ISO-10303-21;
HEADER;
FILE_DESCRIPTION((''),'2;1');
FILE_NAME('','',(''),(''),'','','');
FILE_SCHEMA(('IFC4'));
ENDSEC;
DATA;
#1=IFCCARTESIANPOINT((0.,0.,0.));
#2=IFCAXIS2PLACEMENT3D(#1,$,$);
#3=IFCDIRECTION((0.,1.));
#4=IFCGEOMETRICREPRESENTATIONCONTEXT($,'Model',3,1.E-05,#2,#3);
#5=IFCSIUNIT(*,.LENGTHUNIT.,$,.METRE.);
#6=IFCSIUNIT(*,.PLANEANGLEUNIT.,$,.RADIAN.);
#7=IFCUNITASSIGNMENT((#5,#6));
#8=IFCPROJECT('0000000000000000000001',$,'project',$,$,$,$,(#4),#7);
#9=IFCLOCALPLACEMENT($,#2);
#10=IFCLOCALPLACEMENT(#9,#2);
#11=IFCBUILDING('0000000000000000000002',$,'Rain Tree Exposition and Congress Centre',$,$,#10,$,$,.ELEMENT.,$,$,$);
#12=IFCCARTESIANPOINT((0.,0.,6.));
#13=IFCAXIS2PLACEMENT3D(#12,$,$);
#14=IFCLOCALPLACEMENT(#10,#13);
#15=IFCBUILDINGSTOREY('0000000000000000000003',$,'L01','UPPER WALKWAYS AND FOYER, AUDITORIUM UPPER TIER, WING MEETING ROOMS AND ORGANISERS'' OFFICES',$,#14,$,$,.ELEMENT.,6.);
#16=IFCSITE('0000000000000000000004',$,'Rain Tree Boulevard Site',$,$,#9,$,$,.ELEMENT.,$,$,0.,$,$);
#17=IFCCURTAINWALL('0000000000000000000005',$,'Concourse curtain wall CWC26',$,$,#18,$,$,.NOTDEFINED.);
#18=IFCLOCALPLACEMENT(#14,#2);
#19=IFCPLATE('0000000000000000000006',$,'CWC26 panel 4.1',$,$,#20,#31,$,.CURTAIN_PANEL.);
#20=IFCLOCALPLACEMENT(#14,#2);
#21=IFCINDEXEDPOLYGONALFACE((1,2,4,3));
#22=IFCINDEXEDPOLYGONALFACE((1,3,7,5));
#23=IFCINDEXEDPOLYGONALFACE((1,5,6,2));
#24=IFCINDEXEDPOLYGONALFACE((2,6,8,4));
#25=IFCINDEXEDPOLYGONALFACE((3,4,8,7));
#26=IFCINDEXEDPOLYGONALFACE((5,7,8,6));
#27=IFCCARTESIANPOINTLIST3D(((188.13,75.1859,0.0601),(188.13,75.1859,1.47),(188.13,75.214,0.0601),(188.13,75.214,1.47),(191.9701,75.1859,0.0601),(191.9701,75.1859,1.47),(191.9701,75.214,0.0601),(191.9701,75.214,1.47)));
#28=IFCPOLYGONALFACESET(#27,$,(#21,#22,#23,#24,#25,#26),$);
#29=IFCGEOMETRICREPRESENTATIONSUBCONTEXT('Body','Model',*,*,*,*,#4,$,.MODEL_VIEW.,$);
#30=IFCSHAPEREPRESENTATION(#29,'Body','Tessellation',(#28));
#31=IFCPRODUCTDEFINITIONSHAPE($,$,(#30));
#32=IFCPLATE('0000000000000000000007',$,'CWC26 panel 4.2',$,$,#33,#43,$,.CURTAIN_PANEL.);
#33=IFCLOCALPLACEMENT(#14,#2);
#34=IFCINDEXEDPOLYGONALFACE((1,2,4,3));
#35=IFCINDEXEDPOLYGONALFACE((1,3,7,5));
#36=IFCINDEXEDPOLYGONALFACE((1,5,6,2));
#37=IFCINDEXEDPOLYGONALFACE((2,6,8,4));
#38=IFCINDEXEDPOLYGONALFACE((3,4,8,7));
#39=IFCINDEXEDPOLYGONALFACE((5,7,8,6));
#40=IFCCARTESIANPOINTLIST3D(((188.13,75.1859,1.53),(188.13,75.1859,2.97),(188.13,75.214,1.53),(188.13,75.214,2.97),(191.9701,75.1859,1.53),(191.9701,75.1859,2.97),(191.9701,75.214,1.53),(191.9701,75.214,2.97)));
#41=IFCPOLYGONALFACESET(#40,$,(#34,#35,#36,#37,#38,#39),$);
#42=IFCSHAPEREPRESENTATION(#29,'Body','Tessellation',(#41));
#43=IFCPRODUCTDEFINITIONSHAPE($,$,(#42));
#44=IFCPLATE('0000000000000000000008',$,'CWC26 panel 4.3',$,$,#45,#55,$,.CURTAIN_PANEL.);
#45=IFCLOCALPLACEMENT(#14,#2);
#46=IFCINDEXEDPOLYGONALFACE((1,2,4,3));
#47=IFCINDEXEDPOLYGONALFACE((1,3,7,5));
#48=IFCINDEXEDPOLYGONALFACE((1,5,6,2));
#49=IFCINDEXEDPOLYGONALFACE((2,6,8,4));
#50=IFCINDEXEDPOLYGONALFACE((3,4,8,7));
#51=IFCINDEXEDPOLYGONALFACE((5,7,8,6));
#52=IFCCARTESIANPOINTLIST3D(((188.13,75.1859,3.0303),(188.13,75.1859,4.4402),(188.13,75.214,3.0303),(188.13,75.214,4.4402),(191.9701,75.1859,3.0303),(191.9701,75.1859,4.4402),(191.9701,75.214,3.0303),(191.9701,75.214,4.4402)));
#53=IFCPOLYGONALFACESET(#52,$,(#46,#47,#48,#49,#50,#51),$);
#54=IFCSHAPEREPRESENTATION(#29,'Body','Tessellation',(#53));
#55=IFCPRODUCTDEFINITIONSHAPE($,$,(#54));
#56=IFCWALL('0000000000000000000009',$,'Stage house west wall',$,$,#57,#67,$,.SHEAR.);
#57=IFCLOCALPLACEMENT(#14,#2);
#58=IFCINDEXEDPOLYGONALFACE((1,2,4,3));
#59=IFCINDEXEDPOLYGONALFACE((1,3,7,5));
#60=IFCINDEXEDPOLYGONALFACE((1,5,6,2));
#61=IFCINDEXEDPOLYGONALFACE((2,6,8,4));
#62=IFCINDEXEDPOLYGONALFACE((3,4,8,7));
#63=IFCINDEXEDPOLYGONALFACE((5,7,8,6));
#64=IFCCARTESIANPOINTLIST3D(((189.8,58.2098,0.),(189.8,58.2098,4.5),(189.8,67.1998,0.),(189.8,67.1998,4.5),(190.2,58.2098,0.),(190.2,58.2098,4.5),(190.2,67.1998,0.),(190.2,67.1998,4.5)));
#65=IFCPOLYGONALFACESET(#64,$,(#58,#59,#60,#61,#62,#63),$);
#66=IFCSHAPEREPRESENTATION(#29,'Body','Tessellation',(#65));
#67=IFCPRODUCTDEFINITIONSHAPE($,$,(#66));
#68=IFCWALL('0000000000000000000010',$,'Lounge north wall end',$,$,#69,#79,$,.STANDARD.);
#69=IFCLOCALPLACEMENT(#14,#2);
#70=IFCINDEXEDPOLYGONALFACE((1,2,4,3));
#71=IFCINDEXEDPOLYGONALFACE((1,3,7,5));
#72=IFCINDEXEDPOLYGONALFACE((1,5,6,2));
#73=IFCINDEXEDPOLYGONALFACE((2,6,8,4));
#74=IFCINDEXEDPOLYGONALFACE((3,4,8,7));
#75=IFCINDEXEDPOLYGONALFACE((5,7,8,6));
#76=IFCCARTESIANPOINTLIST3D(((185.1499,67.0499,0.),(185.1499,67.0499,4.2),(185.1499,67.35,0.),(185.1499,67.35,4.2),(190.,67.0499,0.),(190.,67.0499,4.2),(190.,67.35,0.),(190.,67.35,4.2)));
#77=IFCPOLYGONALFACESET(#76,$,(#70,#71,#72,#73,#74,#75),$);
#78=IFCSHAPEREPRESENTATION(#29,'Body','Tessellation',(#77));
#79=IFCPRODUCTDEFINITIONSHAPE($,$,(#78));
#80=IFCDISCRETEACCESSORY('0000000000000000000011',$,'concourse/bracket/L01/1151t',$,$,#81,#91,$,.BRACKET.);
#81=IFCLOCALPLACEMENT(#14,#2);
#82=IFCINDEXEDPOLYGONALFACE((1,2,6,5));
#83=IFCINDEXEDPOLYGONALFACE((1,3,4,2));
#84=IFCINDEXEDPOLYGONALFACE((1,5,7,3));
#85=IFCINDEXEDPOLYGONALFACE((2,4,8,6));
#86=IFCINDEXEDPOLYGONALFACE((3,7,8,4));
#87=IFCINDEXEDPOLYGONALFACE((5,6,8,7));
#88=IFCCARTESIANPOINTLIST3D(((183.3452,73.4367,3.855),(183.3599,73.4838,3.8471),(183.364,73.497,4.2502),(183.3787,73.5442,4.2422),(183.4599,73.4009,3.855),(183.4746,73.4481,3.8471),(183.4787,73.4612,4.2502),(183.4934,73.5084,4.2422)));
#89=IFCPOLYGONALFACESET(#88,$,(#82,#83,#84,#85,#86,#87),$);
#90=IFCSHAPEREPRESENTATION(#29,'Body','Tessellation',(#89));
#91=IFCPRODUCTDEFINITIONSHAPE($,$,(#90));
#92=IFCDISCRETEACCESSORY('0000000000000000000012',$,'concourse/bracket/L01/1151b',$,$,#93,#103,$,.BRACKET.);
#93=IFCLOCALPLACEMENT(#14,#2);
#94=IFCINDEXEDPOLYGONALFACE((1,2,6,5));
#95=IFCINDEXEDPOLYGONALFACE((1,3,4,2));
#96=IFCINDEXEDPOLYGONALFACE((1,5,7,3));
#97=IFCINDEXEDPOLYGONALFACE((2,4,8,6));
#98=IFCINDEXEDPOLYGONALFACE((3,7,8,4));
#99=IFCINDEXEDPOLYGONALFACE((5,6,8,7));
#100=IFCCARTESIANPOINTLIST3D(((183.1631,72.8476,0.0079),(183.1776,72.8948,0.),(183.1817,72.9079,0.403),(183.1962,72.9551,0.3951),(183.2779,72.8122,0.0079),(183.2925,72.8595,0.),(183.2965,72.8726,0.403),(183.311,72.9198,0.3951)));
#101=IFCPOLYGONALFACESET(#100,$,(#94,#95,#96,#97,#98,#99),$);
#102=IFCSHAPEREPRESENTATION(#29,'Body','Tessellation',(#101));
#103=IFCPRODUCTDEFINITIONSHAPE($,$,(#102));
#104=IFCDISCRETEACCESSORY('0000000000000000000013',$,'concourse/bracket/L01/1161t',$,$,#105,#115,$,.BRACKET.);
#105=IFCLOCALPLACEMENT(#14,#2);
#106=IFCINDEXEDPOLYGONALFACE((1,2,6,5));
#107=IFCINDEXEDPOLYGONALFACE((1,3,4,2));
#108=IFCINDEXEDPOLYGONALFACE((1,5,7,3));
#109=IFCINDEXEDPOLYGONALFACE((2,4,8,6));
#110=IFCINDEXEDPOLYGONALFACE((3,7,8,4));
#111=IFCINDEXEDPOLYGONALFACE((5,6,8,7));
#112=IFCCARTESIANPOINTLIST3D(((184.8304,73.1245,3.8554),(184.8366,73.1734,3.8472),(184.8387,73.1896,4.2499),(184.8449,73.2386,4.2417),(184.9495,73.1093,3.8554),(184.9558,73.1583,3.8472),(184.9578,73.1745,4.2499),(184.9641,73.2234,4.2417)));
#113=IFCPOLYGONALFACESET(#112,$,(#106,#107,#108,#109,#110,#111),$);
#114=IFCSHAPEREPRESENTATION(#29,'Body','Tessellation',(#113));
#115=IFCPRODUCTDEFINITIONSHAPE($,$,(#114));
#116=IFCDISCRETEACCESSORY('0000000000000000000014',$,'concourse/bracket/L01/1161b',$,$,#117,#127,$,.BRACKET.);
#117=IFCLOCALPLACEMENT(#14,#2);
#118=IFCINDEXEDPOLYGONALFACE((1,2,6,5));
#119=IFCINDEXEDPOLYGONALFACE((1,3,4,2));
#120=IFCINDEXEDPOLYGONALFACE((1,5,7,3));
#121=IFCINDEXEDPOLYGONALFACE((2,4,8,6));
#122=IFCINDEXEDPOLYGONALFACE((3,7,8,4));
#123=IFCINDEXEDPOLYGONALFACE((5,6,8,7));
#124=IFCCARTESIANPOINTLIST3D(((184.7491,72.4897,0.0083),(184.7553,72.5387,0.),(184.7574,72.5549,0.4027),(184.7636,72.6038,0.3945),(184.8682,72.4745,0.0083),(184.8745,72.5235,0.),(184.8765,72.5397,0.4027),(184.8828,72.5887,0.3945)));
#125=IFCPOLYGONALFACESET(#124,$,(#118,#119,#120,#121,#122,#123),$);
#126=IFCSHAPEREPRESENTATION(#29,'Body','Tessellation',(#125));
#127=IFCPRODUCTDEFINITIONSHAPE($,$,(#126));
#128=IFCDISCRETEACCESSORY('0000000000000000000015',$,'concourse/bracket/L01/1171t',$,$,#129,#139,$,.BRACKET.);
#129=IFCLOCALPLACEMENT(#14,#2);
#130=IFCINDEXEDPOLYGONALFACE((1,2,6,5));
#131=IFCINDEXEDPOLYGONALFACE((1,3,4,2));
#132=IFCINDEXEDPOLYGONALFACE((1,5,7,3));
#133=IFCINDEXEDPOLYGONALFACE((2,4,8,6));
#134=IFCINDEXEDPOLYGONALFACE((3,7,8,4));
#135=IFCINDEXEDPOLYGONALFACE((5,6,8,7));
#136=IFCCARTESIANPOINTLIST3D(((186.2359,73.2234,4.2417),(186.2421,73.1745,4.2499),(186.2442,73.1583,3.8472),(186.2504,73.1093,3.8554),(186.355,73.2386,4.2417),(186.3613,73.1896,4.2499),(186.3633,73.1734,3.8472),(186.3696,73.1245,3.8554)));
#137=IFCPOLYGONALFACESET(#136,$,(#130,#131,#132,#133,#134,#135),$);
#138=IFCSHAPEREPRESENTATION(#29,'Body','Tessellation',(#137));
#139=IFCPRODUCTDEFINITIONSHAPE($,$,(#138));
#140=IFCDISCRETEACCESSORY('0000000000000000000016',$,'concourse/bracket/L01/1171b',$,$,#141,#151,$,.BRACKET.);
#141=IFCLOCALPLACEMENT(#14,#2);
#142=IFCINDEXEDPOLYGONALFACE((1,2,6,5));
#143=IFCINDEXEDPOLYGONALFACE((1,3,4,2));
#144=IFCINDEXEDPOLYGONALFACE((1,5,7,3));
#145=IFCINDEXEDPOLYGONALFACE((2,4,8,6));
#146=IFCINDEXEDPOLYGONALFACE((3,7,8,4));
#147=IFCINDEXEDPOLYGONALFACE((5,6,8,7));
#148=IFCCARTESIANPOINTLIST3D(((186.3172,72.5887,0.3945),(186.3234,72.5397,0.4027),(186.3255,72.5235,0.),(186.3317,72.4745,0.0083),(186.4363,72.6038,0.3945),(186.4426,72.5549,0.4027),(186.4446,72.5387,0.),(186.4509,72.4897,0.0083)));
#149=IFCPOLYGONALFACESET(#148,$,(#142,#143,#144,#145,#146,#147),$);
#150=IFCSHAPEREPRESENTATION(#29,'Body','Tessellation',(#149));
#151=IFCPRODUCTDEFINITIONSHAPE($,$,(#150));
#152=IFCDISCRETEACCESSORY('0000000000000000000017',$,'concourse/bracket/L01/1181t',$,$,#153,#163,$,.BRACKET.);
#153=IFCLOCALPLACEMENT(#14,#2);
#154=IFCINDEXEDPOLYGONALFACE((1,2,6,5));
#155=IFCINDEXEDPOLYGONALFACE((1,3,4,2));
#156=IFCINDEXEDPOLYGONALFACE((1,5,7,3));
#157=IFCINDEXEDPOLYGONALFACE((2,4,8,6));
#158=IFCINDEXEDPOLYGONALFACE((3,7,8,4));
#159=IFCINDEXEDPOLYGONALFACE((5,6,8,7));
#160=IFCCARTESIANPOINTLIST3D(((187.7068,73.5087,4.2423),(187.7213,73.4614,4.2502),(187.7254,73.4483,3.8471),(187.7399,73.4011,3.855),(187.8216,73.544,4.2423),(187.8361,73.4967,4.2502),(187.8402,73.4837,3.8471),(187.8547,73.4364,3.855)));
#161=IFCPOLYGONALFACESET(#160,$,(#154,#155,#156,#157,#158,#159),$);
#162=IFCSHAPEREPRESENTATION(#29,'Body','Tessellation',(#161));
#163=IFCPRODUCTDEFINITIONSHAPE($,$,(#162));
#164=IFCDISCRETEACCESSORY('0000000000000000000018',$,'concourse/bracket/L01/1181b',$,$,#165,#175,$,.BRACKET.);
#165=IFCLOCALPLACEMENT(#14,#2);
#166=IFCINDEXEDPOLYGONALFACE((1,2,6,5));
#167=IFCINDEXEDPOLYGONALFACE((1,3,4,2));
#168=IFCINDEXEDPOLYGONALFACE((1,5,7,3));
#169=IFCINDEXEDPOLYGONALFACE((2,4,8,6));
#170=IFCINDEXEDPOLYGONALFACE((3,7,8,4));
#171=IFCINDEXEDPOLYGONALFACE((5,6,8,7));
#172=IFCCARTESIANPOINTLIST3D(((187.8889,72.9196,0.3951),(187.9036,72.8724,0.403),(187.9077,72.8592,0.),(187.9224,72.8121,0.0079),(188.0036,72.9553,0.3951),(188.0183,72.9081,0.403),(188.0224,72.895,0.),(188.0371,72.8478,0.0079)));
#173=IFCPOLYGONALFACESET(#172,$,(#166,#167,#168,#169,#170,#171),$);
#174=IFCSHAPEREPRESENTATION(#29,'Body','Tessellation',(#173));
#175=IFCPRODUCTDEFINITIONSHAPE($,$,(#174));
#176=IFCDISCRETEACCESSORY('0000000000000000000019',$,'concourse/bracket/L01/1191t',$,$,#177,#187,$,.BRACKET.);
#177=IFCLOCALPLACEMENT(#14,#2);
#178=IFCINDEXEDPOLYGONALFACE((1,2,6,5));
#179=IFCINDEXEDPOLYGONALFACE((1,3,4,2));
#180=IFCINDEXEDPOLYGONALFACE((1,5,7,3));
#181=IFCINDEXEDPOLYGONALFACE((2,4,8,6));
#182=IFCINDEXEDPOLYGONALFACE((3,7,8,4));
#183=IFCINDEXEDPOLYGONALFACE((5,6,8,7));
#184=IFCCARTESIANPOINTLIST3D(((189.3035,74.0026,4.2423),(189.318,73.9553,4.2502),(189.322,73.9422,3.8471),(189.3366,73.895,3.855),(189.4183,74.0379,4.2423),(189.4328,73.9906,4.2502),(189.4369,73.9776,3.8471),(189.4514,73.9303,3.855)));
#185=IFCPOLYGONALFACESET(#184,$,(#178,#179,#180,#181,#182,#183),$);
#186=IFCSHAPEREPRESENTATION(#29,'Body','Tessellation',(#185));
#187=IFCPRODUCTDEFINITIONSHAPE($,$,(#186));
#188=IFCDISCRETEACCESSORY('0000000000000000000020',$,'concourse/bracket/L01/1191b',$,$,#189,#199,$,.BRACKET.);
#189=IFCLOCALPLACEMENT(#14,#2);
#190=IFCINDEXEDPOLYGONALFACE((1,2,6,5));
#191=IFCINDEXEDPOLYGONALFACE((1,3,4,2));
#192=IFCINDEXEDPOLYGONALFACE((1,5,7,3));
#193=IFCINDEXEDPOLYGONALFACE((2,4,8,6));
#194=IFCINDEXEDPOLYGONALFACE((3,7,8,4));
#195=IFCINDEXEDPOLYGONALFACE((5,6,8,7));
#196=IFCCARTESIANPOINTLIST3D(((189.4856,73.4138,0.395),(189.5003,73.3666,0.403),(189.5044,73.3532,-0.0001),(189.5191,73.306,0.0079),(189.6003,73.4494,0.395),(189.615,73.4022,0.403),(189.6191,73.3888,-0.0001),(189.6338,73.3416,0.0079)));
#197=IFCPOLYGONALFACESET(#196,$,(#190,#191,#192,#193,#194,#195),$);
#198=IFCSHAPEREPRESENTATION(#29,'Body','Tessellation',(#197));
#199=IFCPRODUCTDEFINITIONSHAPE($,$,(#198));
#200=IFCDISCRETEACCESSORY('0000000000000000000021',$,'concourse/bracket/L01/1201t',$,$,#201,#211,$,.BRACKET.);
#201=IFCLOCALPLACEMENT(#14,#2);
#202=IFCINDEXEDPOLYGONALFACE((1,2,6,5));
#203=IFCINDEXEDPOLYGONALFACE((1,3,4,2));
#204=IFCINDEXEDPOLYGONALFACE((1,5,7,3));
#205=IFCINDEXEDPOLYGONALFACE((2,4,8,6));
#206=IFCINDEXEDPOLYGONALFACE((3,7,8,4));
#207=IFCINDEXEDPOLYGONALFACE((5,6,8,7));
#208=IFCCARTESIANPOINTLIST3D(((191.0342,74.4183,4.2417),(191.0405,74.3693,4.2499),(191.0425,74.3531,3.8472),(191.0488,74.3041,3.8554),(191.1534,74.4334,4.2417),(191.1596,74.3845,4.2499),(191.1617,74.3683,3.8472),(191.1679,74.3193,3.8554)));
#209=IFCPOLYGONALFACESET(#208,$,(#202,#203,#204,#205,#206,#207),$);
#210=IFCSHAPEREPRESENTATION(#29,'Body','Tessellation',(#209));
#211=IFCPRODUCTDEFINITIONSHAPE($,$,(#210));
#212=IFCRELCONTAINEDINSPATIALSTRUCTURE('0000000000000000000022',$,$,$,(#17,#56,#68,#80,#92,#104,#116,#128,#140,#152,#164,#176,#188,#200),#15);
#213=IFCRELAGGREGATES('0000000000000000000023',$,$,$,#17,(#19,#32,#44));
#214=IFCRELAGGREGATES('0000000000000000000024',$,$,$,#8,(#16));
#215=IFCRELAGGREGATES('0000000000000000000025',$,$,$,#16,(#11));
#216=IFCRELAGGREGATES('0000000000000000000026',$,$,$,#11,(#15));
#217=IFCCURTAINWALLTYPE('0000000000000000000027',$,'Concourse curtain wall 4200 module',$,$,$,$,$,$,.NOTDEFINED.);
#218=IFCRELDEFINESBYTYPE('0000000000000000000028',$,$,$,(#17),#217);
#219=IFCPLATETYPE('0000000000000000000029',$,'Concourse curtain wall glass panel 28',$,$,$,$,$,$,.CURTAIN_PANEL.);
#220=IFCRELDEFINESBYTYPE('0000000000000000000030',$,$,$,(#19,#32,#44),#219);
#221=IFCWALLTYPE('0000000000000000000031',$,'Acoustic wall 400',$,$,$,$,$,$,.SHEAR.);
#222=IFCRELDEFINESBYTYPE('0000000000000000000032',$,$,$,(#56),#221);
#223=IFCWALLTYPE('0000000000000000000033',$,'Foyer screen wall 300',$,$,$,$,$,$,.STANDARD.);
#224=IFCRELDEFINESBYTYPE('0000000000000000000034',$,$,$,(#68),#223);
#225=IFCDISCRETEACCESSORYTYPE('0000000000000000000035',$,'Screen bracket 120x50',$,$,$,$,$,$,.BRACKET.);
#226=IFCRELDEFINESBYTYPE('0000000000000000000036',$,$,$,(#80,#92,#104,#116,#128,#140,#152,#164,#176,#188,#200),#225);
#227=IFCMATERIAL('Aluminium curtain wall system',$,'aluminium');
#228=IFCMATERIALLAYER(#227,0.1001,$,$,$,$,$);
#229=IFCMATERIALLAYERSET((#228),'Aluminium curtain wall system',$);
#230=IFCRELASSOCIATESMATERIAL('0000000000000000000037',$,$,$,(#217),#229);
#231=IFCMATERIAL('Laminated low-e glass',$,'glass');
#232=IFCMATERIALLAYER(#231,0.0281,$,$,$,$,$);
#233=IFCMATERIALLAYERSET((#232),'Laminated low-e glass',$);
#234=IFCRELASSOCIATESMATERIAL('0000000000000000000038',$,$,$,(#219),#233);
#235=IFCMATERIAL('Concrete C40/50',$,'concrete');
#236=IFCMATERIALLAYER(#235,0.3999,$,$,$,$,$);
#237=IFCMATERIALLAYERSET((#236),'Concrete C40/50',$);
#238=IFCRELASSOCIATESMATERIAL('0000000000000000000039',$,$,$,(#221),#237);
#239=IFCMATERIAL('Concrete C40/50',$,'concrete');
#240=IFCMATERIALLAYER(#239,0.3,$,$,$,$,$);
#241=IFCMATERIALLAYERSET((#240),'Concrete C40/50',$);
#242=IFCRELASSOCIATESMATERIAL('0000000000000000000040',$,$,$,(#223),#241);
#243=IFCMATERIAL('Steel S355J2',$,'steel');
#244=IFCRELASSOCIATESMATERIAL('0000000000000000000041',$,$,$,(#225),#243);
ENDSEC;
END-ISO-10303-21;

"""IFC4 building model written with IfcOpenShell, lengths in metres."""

from ifc_helpers import new_model, si_unit, direction, frame, frame_2d, origin, origin_2d, place, context, subcontext, project, spatial, rectangle, extrude, material, layer, layer_set, material_profile, profile_set, type_object, element, aggregate, save


model = new_model("IFC4")

# Units and contexts
model_context = context("Model", 3, precision=1e-05, world=origin(), true_north=direction((0.0, 1.0)))
body_context = subcontext(model_context, "Body", "Model", "MODEL_VIEW")
ifc_project = project(units=[si_unit("LENGTHUNIT", "METRE"), si_unit("PLANEANGLEUNIT", "RADIAN")], contexts=[model_context])

# Site, building, storey
site_placement = place(None, origin())
site = spatial("IfcSite", under=ifc_project, at=site_placement, Name="Rain Tree Boulevard Site", CompositionType="ELEMENT", RefElevation=0.0)
building_placement = place(site_placement, origin())
building = spatial("IfcBuilding", under=site, at=building_placement, Name="Rain Tree Exposition and Congress Centre", CompositionType="ELEMENT")
storey_placement = place(building_placement, frame((0.0, 0.0, 6.0)))
storey = spatial("IfcBuildingStorey", under=building, at=storey_placement, Name="L01", Description="UPPER WALKWAYS AND FOYER, AUDITORIUM UPPER TIER, WING MEETING ROOMS AND ORGANISERS' OFFICES", CompositionType="ELEMENT", Elevation=6.0)

# Curtain wall, plates
ifc_material_1 = material(Name="Aluminium curtain wall system", Category="aluminium")
ifc_layer_1 = layer(ifc_material_1, 0.1001)
ifc_layer_set_1 = layer_set([ifc_layer_1], Name="Aluminium curtain wall system")
curtain_wall_type = type_object("IfcCurtainWallType", Name="Concourse curtain wall 4200 module", PredefinedType="NOTDEFINED", material=ifc_layer_set_1)
curtain_wall_placement = place(storey_placement, origin())
curtain_wall = element("IfcCurtainWall", 1, at=curtain_wall_placement, inside=storey, type_object=curtain_wall_type, Name="Concourse curtain wall CWC26", PredefinedType="NOTDEFINED")
ifc_material_2 = material(Name="Laminated low-e glass", Category="glass")
ifc_layer_2 = layer(ifc_material_2, 0.0281)
ifc_layer_set_2 = layer_set([ifc_layer_2], Name="Laminated low-e glass")
plate_type = type_object("IfcPlateType", Name="Concourse curtain wall glass panel 28", PredefinedType="CURTAIN_PANEL", material=ifc_layer_set_2)
plate_1_placement = place(storey_placement, frame((190.05, 75.2, 0.0601), z_axis=(0.0, 0.0, 1.0), x_axis=(1.0, 0.0, 0.0)))
plate_1 = element("IfcPlate", 2, at=plate_1_placement, type_object=plate_type, Name="CWC26 panel 4.1", PredefinedType="CURTAIN_PANEL", context=body_context, shape_type="SweptSolid", body=[
    extrude(rectangle(XDim=3.8401, YDim=0.0281, at=origin_2d()), origin(), (0.0, 0.0, 1.0), 1.4099),
])
plate_2_placement = place(storey_placement, frame((190.05, 75.2, 1.53), z_axis=(0.0, 0.0, 1.0), x_axis=(1.0, 0.0, 0.0)))
plate_2 = element("IfcPlate", 3, at=plate_2_placement, type_object=plate_type, Name="CWC26 panel 4.2", PredefinedType="CURTAIN_PANEL", context=body_context, shape_type="SweptSolid", body=[
    extrude(rectangle(XDim=3.8401, YDim=0.0281, at=origin_2d()), origin(), (0.0, 0.0, 1.0), 1.4399),
])
plate_3_placement = place(storey_placement, frame((190.05, 75.2, 3.0303), z_axis=(0.0, 0.0, 1.0), x_axis=(1.0, 0.0, 0.0)))
plate_3 = element("IfcPlate", 4, at=plate_3_placement, type_object=plate_type, Name="CWC26 panel 4.3", PredefinedType="CURTAIN_PANEL", context=body_context, shape_type="SweptSolid", body=[
    extrude(rectangle(XDim=3.8401, YDim=0.0281, at=origin_2d()), origin(), (0.0, 0.0, 1.0), 1.4099),
])
aggregate(curtain_wall, [plate_1, plate_2, plate_3])

# Walls
ifc_material_3 = material(Name="Concrete C40/50", Category="concrete")
ifc_layer_3 = layer(ifc_material_3, 0.3999)
ifc_layer_set_3 = layer_set([ifc_layer_3], Name="Concrete C40/50")
wall_type_1 = type_object("IfcWallType", Name="Acoustic wall 400", PredefinedType="SHEAR", material=ifc_layer_set_3)
wall_1_placement = place(storey_placement, frame((190.0, 67.2, 0.0), z_axis=(0.0, 0.0, 1.0), x_axis=(0.0, -1.0, 0.0)))
element("IfcWall", 5, at=wall_1_placement, inside=storey, type_object=wall_type_1, Name="Stage house west wall", PredefinedType="SHEAR", context=body_context, shape_type="SweptSolid", body=[
    extrude(rectangle(XDim=8.99, YDim=0.3999, at=frame_2d((4.4951, 0.0))), origin(), (0.0, 0.0, 1.0), 4.5),
])
ifc_material_4 = material(Name="Concrete C40/50", Category="concrete")
ifc_layer_4 = layer(ifc_material_4, 0.3)
ifc_layer_set_4 = layer_set([ifc_layer_4], Name="Concrete C40/50")
wall_type_2 = type_object("IfcWallType", Name="Foyer screen wall 300", PredefinedType="STANDARD", material=ifc_layer_set_4)
wall_2_placement = place(storey_placement, frame((185.1499, 67.2, 0.0), z_axis=(0.0, 0.0, 1.0), x_axis=(1.0, 0.0, 0.0)))
element("IfcWall", 6, at=wall_2_placement, inside=storey, type_object=wall_type_2, Name="Lounge north wall end", PredefinedType="STANDARD", context=body_context, shape_type="SweptSolid", body=[
    extrude(rectangle(XDim=4.8501, YDim=0.3, at=frame_2d((2.425, 0.0))), origin(), (0.0, 0.0, 1.0), 4.2),
])

# Discrete accessories
ifc_material_5 = material(Name="Steel S355J2", Category="steel")
ifc_material_profile_1 = material_profile(ifc_material_5, rectangle(XDim=0.1201, YDim=0.05, at=origin_2d()), Name="Flat bar 120x50")
ifc_profile_set_1 = profile_set([ifc_material_profile_1], Name="Steel S355J2")
discrete_accessory_type = type_object("IfcDiscreteAccessoryType", Name="Screen bracket 120x50", PredefinedType="BRACKET", material=ifc_profile_set_1)
for number, where, z_axis, x_axis, name in (
    (7, (183.4099, 73.4424, 3.8511), (0.046993, 0.150743, 0.987456), (-0.954686, 0.297615, 0.0), "concourse/bracket/L01/1151t"),
    (8, (183.2278, 72.8535, 0.0039), (0.046384, 0.150747, 0.987484), (-0.955779, 0.294086, 0.0), "concourse/bracket/L01/1151b"),
):
    element("IfcDiscreteAccessory", number, at=place(storey_placement, frame(where, z_axis=z_axis, x_axis=x_axis)), inside=storey, type_object=discrete_accessory_type, Name=name, PredefinedType="BRACKET", context=body_context, shape_type="SweptSolid", body=[
        extrude(rectangle(XDim=0.1201, YDim=0.05, at=origin_2d()), origin(), (0.0, 0.0, 1.0), 0.4001),
    ])
for number, where, z_axis, x_axis, name in (
    (9, (184.8931, 73.1414, 3.8513), (0.020754, 0.162978, 0.986411), (-0.991989, 0.126321, 0.0), "concourse/bracket/L01/1161t"),
    (10, (184.8118, 72.5066, 0.0042), (0.020754, 0.162978, 0.986411), (-0.991989, 0.126321, 0.0), "concourse/bracket/L01/1161b"),
    (11, (186.3069, 73.1414, 3.8513), (-0.020754, 0.162978, 0.986411), (-0.991989, -0.126321, 0.0), "concourse/bracket/L01/1171t"),
    (12, (186.3882, 72.5066, 0.0042), (-0.020754, 0.162978, 0.986411), (-0.991989, -0.126321, 0.0), "concourse/bracket/L01/1171b"),
):
    element("IfcDiscreteAccessory", number, at=place(storey_placement, frame(where, z_axis=z_axis, x_axis=x_axis)), inside=storey, type_object=discrete_accessory_type, Name=name, PredefinedType="BRACKET", context=body_context, shape_type="SweptSolid", body=[
        extrude(rectangle(XDim=0.1201, YDim=0.05, at=origin_2d()), origin(), (0.0, 0.0, 1.0), 0.3999),
    ])
for number, where, z_axis, x_axis, name in (
    (13, (187.79, 73.4424, 3.8511), (-0.046384, 0.150747, 0.987484), (-0.955779, -0.294086, 0.0), "concourse/bracket/L01/1181t"),
    (14, (187.9724, 72.8535, 0.0039), (-0.046993, 0.150743, 0.987456), (-0.954686, -0.297615, 0.0), "concourse/bracket/L01/1181b"),
    (15, (189.3867, 73.9363, 3.8511), (-0.046384, 0.150747, 0.987484), (-0.955779, -0.294086, 0.0), "concourse/bracket/L01/1191t"),
    (16, (189.5691, 73.3474, 0.0039), (-0.046988, 0.151339, 0.987364), (-0.955027, -0.29652, 0.0), "concourse/bracket/L01/1191b"),
):
    element("IfcDiscreteAccessory", number, at=place(storey_placement, frame(where, z_axis=z_axis, x_axis=x_axis)), inside=storey, type_object=discrete_accessory_type, Name=name, PredefinedType="BRACKET", context=body_context, shape_type="SweptSolid", body=[
        extrude(rectangle(XDim=0.1201, YDim=0.05, at=origin_2d()), origin(), (0.0, 0.0, 1.0), 0.4001),
    ])
discrete_accessory_placement = place(storey_placement, frame((191.1052, 74.3362, 3.8513), z_axis=(-0.020754, 0.162978, 0.986411), x_axis=(-0.991989, -0.126321, 0.0)))
element("IfcDiscreteAccessory", 17, at=discrete_accessory_placement, inside=storey, type_object=discrete_accessory_type, Name="concourse/bracket/L01/1201t", PredefinedType="BRACKET", context=body_context, shape_type="SweptSolid", body=[
    extrude(rectangle(XDim=0.1201, YDim=0.05, at=origin_2d()), origin(), (0.0, 0.0, 1.0), 0.3999),
])

save(model, "model.ifc")
